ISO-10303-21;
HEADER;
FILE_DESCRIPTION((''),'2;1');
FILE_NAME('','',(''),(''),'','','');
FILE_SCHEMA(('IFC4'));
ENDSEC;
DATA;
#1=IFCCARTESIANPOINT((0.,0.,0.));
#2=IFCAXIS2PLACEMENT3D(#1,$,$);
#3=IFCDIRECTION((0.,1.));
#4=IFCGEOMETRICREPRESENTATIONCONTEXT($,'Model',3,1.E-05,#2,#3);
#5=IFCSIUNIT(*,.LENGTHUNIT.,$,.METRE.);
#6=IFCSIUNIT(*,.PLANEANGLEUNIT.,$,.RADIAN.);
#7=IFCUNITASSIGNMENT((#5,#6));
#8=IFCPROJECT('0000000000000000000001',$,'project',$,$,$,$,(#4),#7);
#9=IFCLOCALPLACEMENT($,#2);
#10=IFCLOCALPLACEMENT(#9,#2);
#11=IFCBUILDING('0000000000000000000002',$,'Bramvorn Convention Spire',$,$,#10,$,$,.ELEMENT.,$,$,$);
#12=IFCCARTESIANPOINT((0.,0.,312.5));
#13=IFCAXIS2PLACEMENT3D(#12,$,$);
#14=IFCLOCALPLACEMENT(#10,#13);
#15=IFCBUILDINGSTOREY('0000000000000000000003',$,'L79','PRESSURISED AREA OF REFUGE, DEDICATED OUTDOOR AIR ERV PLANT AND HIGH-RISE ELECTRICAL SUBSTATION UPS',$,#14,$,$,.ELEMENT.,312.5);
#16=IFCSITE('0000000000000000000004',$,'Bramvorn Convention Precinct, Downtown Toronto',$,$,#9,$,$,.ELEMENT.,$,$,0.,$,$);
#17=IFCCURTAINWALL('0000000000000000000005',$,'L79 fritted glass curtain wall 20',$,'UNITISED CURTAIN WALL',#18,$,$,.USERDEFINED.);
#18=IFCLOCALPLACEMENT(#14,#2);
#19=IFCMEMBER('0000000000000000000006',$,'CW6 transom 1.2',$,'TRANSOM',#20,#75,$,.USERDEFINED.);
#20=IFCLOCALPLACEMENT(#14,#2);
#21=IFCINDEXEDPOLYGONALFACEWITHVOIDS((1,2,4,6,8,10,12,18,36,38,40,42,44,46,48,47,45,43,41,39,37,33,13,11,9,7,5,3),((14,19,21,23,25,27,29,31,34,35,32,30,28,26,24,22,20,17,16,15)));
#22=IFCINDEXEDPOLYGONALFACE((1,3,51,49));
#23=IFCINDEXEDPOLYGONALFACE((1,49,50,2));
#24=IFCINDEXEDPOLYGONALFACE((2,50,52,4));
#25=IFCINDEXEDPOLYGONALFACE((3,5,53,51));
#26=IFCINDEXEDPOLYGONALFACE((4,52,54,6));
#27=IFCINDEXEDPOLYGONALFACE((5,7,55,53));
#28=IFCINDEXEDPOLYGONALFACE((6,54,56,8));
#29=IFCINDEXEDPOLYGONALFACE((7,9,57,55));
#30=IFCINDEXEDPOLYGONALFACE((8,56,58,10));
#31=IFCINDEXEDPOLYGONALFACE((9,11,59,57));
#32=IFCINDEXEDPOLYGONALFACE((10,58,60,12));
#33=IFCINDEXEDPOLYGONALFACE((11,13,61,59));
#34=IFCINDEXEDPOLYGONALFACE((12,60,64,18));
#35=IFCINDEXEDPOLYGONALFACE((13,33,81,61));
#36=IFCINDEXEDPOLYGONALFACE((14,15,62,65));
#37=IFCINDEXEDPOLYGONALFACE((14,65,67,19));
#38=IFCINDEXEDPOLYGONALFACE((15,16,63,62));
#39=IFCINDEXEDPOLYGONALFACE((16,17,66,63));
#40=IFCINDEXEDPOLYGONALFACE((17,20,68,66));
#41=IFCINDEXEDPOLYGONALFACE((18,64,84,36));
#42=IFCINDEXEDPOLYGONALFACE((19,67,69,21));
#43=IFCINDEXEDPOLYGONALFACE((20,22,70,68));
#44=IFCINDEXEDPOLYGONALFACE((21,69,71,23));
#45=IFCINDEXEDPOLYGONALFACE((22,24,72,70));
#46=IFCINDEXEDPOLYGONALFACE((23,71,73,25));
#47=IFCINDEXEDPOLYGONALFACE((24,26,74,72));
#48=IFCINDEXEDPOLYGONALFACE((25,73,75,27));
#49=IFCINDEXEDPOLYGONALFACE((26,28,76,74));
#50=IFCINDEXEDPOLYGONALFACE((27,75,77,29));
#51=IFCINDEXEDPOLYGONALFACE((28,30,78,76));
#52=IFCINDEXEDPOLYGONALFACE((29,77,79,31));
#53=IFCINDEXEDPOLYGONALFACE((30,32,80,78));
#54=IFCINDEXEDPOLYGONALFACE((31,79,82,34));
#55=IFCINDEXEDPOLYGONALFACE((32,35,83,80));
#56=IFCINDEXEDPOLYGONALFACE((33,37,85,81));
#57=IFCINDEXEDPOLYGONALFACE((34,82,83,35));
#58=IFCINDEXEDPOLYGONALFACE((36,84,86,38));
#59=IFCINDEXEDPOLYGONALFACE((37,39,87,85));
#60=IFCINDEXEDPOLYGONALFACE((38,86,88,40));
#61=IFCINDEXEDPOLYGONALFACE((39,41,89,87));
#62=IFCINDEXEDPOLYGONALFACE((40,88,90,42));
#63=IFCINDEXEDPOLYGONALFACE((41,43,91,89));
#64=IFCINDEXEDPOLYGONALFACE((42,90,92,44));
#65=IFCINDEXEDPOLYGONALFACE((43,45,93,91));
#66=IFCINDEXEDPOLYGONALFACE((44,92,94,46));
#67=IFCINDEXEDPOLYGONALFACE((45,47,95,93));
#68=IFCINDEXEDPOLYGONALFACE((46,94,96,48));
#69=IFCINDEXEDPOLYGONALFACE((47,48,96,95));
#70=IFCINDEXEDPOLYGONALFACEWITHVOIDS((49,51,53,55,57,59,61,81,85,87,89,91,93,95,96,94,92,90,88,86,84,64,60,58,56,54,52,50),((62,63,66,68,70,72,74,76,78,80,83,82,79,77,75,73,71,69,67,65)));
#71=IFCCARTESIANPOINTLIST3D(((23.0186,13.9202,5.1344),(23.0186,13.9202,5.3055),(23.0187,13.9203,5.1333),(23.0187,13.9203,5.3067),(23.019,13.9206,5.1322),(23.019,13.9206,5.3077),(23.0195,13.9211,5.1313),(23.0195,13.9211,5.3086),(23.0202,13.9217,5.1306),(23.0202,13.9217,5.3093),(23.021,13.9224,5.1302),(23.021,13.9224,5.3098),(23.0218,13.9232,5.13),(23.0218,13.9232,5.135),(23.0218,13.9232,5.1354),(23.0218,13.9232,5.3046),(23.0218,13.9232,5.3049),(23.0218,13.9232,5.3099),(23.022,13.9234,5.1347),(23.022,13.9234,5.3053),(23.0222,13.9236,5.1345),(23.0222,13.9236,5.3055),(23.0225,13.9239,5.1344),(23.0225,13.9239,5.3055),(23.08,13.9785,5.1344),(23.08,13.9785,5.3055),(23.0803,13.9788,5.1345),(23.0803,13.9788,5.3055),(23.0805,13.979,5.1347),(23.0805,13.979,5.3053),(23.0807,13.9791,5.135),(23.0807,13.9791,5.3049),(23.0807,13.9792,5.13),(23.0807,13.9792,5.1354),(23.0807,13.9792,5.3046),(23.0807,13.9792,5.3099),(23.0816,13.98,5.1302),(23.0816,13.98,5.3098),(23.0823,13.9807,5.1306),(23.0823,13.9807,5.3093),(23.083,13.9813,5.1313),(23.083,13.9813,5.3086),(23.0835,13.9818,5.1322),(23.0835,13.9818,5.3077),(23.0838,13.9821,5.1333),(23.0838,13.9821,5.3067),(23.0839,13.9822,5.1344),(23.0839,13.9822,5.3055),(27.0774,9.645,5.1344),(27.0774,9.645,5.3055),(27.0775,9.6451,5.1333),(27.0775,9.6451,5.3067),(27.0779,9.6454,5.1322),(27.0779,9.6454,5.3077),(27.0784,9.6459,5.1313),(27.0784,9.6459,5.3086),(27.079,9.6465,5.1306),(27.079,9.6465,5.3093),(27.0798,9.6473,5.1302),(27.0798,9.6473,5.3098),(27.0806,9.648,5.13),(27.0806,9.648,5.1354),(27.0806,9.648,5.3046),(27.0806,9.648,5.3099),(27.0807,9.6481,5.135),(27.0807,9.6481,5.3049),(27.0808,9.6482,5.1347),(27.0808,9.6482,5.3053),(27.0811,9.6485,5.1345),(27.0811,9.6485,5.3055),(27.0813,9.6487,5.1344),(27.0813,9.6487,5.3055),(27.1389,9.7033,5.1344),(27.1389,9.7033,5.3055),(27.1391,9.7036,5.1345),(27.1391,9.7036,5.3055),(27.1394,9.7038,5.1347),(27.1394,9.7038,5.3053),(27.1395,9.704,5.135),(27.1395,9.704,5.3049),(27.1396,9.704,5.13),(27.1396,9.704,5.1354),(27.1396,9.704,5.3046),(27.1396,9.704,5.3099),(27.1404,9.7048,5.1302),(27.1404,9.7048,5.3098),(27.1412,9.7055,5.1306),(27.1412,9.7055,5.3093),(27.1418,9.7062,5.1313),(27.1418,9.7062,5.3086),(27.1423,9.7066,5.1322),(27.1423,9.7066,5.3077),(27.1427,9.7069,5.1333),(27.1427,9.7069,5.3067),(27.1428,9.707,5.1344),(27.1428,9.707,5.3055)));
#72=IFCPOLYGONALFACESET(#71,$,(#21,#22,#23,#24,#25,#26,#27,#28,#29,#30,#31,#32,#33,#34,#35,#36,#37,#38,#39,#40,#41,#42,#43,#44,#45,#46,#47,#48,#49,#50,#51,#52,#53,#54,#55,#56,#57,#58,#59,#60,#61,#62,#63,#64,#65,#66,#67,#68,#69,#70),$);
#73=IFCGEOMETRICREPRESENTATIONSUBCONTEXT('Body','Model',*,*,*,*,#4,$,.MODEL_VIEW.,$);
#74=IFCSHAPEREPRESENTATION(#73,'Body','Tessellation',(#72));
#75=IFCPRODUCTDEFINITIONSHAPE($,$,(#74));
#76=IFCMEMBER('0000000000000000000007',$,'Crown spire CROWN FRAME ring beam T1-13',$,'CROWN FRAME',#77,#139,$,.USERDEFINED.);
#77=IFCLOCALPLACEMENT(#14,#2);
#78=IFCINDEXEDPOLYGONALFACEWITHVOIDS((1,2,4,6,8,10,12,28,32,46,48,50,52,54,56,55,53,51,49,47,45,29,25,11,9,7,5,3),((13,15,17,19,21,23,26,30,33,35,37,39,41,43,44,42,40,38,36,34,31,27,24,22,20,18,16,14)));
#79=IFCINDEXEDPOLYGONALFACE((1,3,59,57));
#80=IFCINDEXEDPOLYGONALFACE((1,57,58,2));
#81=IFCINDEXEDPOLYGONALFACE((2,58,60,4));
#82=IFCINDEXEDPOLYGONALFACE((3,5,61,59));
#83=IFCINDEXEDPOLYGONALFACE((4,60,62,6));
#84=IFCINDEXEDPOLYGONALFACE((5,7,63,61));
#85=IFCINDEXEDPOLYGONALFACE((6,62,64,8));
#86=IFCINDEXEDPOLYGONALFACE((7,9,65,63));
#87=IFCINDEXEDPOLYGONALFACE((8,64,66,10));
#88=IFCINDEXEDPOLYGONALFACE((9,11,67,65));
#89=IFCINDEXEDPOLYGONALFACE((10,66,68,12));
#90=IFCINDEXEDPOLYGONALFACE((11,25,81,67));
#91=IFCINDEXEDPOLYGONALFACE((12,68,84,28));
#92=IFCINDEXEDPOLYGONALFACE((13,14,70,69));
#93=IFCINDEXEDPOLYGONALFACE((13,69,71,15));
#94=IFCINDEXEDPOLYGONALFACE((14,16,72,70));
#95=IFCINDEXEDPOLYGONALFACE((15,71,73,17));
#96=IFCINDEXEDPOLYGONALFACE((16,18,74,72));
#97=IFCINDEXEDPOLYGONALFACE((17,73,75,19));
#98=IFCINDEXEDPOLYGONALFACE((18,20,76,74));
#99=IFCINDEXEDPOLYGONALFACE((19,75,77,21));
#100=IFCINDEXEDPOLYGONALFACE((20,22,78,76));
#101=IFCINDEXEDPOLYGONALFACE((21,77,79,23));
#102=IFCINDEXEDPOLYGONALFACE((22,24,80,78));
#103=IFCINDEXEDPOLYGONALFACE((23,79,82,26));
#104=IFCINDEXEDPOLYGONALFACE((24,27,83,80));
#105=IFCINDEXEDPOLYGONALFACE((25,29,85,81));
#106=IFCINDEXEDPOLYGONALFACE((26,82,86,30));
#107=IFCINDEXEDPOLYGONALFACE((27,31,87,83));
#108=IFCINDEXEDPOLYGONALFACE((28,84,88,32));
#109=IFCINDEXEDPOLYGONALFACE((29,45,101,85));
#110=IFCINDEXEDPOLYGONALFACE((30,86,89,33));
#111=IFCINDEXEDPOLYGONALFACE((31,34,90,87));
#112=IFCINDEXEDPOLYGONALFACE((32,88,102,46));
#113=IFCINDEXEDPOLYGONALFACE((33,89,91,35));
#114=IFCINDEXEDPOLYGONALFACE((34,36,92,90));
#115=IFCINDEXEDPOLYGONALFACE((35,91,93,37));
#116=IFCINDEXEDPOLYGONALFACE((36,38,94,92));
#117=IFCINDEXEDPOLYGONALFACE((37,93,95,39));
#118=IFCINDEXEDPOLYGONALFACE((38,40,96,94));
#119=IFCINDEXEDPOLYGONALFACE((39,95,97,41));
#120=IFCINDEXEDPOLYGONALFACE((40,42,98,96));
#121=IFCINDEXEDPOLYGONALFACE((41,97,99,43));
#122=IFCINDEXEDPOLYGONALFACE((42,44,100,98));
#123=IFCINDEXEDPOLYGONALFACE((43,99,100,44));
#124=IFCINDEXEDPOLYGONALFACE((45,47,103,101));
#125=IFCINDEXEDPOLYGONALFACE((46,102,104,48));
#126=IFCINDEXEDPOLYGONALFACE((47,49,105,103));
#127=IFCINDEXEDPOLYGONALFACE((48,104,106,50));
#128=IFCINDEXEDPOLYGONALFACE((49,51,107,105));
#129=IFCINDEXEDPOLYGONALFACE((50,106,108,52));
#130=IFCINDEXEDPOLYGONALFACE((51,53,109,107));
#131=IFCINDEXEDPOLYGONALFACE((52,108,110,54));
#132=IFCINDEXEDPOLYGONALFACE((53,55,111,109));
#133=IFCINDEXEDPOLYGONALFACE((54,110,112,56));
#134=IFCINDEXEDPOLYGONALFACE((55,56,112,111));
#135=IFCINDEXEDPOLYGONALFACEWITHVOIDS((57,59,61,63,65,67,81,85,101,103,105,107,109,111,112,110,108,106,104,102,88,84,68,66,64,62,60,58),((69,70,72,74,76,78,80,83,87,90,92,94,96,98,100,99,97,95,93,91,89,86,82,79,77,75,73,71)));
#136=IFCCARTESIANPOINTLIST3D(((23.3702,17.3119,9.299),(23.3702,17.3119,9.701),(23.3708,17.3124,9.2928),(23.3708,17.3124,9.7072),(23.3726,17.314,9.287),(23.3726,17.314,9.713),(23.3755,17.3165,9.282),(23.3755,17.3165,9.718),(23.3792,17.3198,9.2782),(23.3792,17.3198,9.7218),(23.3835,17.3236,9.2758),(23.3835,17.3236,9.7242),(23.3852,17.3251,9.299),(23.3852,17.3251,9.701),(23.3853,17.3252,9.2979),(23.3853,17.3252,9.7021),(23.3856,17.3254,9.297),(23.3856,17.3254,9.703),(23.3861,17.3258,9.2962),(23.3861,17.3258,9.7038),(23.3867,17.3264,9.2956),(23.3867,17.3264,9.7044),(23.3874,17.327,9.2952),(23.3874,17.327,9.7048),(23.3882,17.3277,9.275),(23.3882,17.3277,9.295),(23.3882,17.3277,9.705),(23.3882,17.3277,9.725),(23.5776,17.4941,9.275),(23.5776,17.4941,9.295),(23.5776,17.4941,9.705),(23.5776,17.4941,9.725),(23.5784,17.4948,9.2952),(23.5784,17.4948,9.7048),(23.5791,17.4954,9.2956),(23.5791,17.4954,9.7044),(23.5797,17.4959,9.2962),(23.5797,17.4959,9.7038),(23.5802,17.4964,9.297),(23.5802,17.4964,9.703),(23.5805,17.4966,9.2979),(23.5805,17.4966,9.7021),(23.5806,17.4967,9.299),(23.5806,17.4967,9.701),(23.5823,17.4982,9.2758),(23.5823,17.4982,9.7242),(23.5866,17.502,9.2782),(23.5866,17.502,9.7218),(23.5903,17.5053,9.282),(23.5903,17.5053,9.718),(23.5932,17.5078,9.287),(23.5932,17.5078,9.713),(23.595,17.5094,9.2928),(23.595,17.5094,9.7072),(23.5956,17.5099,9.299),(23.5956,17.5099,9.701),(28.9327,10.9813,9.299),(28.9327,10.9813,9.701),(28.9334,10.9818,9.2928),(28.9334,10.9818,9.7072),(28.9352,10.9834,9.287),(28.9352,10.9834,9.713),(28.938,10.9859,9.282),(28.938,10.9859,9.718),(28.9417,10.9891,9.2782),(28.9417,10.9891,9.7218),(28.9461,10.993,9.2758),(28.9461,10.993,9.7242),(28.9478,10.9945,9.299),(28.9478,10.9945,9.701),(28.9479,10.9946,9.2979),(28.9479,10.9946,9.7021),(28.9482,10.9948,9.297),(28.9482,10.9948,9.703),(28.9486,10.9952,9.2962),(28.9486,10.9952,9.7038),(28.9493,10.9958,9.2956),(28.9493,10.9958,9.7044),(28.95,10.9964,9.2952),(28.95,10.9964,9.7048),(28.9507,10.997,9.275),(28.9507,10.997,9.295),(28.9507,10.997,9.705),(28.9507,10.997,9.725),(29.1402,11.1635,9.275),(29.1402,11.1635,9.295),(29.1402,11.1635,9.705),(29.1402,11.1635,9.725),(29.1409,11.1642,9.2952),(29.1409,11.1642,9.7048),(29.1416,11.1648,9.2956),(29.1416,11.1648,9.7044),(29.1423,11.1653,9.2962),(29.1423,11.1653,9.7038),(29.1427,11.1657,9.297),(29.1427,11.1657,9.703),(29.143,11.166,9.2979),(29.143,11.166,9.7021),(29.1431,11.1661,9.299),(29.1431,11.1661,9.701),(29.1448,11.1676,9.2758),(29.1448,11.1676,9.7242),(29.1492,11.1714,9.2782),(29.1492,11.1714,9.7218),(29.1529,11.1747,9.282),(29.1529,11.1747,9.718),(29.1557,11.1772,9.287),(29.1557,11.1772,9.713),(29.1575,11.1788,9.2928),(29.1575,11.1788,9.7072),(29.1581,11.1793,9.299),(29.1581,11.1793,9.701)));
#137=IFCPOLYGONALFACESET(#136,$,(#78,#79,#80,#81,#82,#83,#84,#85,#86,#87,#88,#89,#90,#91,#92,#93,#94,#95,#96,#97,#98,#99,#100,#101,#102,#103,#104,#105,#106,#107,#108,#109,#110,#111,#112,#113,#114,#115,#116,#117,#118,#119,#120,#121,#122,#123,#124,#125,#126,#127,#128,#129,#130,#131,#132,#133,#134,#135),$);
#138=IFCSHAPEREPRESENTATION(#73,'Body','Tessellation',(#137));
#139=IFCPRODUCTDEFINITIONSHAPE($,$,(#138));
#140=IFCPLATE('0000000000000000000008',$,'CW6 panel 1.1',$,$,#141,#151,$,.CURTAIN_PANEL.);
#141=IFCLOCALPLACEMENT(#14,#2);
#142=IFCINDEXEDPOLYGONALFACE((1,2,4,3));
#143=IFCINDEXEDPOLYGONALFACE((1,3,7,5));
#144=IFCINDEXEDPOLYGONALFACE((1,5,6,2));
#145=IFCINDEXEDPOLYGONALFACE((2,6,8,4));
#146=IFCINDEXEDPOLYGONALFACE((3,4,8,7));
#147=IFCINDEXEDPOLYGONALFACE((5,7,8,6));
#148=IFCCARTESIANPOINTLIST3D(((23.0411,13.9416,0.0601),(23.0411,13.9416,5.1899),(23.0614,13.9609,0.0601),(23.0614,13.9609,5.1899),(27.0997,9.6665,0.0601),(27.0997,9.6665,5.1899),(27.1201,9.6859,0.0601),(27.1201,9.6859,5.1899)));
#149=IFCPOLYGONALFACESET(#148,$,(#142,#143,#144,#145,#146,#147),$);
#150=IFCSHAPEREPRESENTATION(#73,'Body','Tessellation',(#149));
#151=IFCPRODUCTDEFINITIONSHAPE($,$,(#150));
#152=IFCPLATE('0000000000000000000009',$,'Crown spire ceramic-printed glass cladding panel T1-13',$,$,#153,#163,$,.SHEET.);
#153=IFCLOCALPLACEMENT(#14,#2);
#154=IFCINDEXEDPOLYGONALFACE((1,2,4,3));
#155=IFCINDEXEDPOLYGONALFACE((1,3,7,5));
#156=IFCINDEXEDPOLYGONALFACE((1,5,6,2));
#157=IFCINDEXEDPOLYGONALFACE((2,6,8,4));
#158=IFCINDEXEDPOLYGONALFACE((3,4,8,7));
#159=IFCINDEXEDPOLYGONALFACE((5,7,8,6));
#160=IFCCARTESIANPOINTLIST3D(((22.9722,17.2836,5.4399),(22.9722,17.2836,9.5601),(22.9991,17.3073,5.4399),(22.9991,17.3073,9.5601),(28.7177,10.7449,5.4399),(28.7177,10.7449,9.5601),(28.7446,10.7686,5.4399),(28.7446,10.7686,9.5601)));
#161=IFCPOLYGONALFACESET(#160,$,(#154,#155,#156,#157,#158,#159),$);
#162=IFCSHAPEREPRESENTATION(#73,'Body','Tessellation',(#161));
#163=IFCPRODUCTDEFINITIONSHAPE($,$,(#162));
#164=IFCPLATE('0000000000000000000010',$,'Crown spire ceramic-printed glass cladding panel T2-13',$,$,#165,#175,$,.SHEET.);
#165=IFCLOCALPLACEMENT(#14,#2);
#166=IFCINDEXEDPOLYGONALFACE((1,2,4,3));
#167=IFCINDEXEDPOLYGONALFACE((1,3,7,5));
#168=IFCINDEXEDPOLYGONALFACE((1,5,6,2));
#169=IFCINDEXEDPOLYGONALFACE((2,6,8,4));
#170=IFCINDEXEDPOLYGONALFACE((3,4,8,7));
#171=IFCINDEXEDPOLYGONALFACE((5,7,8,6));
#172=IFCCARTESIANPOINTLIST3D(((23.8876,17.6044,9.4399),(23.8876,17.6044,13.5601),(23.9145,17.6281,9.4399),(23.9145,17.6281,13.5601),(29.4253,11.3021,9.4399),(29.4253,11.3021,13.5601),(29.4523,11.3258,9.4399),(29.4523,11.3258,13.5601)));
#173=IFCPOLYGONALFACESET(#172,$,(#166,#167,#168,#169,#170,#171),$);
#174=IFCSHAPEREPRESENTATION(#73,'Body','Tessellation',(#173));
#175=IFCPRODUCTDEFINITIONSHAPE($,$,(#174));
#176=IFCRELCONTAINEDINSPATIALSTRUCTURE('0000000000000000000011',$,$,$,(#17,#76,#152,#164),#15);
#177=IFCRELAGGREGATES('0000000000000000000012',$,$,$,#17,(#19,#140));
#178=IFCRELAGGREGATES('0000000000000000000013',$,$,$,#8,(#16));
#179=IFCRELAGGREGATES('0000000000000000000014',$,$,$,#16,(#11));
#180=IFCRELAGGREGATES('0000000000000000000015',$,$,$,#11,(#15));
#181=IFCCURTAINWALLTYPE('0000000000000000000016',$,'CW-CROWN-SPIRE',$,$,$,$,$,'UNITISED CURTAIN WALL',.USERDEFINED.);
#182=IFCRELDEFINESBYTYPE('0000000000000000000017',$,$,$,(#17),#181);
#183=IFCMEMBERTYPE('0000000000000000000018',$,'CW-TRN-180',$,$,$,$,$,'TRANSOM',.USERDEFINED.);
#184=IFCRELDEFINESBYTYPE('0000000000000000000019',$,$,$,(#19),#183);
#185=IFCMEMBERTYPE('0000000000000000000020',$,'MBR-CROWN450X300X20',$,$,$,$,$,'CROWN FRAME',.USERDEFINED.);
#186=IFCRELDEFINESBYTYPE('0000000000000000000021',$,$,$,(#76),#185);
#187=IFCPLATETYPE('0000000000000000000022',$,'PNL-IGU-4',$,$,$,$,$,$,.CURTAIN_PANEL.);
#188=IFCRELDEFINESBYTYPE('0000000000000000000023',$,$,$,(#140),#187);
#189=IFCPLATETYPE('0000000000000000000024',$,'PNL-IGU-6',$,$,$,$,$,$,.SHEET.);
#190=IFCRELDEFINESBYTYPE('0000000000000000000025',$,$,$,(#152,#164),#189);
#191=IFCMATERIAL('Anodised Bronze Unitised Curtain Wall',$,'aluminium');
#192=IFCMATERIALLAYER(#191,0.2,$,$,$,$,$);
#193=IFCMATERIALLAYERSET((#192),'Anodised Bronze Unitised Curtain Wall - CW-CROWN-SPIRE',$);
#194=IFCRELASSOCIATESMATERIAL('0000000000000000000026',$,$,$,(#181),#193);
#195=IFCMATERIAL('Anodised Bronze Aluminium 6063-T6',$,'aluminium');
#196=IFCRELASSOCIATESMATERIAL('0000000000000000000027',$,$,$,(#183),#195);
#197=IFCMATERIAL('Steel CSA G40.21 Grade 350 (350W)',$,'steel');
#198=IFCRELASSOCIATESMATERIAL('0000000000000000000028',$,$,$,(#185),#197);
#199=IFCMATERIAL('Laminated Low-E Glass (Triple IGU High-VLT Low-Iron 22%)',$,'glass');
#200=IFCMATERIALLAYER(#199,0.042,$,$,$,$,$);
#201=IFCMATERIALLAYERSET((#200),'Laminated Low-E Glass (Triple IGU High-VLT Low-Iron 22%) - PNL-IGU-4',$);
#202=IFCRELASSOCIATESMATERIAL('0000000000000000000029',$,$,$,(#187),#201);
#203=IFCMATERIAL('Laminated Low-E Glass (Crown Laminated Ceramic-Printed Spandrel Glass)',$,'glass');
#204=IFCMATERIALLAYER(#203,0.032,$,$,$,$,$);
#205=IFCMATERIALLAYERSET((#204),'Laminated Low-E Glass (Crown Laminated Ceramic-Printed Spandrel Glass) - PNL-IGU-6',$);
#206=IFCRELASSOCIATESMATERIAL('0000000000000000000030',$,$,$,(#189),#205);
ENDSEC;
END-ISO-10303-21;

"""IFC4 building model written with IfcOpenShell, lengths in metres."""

from ifc_helpers import new_model, si_unit, direction, frame, origin, origin_2d, place, context, subcontext, project, spatial, rectangle, hollow_rectangle, extrude, material, layer, layer_set, material_profile, profile_set, type_object, element, aggregate, save


model = new_model("IFC4")

# Units and contexts
model_context = context("Model", 3, precision=1e-05, world=origin(), true_north=direction((0.0, 1.0)))
body_context = subcontext(model_context, "Body", "Model", "MODEL_VIEW")
ifc_project = project(units=[si_unit("LENGTHUNIT", "METRE"), si_unit("PLANEANGLEUNIT", "RADIAN")], contexts=[model_context])

# Site, building, storey
site_placement = place(None, origin())
site = spatial("IfcSite", under=ifc_project, at=site_placement, Name="Bramvorn Convention Precinct, Downtown Toronto", CompositionType="ELEMENT", RefElevation=0.0)
building_placement = place(site_placement, origin())
building = spatial("IfcBuilding", under=site, at=building_placement, Name="Bramvorn Convention Spire", CompositionType="ELEMENT")
storey_placement = place(building_placement, frame((0.0, 0.0, 312.5)))
storey = spatial("IfcBuildingStorey", under=building, at=storey_placement, Name="L79", Description="PRESSURISED AREA OF REFUGE, DEDICATED OUTDOOR AIR ERV PLANT AND HIGH-RISE ELECTRICAL SUBSTATION UPS", CompositionType="ELEMENT", Elevation=312.5)

# Shared definitions
ifc_material_1 = material(Name="Steel CSA G40.21 Grade 350 (350W)", Category="steel")

# Shared definitions
ifc_material_2 = material(Name="Anodised Bronze Unitised Curtain Wall", Category="aluminium")
ifc_layer_1 = layer(ifc_material_2, 0.2)
ifc_layer_set_1 = layer_set([ifc_layer_1], Name="Anodised Bronze Unitised Curtain Wall - CW-CROWN-SPIRE")
curtain_wall_type = type_object("IfcCurtainWallType", Name="CW-CROWN-SPIRE", ElementType="UNITISED CURTAIN WALL", PredefinedType="USERDEFINED", material=ifc_layer_set_1)
ifc_material_3 = material(Name="Anodised Bronze Aluminium 6063-T6", Category="aluminium")

# Curtain wall, member
curtain_wall_1_placement = place(storey_placement, origin())
curtain_wall_1 = element("IfcCurtainWall", 1, at=curtain_wall_1_placement, inside=storey, type_object=curtain_wall_type, Name="L79 fritted glass curtain wall 20", ObjectType="UNITISED CURTAIN WALL", PredefinedType="USERDEFINED")
ifc_material_profile_1 = material_profile(ifc_material_3, hollow_rectangle(XDim=0.0901, YDim=0.1799, WallThickness=0.0044, InnerFilletRadius=0.001, OuterFilletRadius=0.0044, at=origin_2d()))
ifc_profile_set_1 = profile_set([ifc_material_profile_1], Name="Anodised Bronze Aluminium 6063-T6 - CWT90X180")
member_type_1 = type_object("IfcMemberType", Name="CW-TRN-180", ElementType="TRANSOM", PredefinedType="USERDEFINED", material=ifc_profile_set_1)
member_1_placement = place(storey_placement, frame((27.1101, 9.676, 5.22), z_axis=(-0.688522, 0.725216, 0.0), x_axis=(-0.725216, -0.688522, 0.0)))
member_1 = element("IfcMember", 2, at=member_1_placement, type_object=member_type_1, Name="CW6 transom 1.2", ObjectType="TRANSOM", PredefinedType="USERDEFINED", context=body_context, shape_type="SweptSolid", body=[
    extrude(hollow_rectangle(XDim=0.0901, YDim=0.1799, WallThickness=0.0044, InnerFilletRadius=0.001, OuterFilletRadius=0.0044, at=origin_2d()), origin(), (0.0, 0.0, 1.0), 5.895),
])

# Member
ifc_material_profile_2 = material_profile(ifc_material_1, hollow_rectangle(XDim=0.3, YDim=0.45, WallThickness=0.02, InnerFilletRadius=0.0039, OuterFilletRadius=0.0239, at=origin_2d()))
ifc_profile_set_2 = profile_set([ifc_material_profile_2], Name="Steel CSA G40.21 Grade 350 (350W) - CROWN450X300X20")
member_type_2 = type_object("IfcMemberType", Name="MBR-CROWN450X300X20", ElementType="CROWN FRAME", PredefinedType="USERDEFINED", material=ifc_profile_set_2)
member_2_placement = place(storey_placement, frame((23.4829, 17.4109, 9.5), z_axis=(0.660066, -0.751208, 0.0), x_axis=(0.751208, 0.660066, 0.0)))
element("IfcMember", 3, at=member_2_placement, inside=storey, type_object=member_type_2, Name="Crown spire CROWN FRAME ring beam T1-13", ObjectType="CROWN FRAME", PredefinedType="USERDEFINED", context=body_context, shape_type="SweptSolid", body=[
    extrude(hollow_rectangle(XDim=0.3, YDim=0.45, WallThickness=0.02, InnerFilletRadius=0.0039, OuterFilletRadius=0.0239, at=origin_2d()), origin(), (0.0, 0.0, 1.0), 8.4272),
])

# Plate
ifc_material_4 = material(Name="Laminated Low-E Glass (Triple IGU High-VLT Low-Iron 22%)", Category="glass")
ifc_layer_2 = layer(ifc_material_4, 0.042)
ifc_layer_set_2 = layer_set([ifc_layer_2], Name="Laminated Low-E Glass (Triple IGU High-VLT Low-Iron 22%) - PNL-IGU-4")
plate_type_1 = type_object("IfcPlateType", Name="PNL-IGU-4", PredefinedType="CURTAIN_PANEL", material=ifc_layer_set_2)
plate_1_placement = place(storey_placement, frame((25.0806, 11.8137, 0.0601), z_axis=(0.0, 0.0, 1.0), x_axis=(-0.688514, 0.725223, 0.0)))
plate_1 = element("IfcPlate", 4, at=plate_1_placement, type_object=plate_type_1, Name="CW6 panel 1.1", PredefinedType="CURTAIN_PANEL", context=body_context, shape_type="SweptSolid", body=[
    extrude(rectangle(XDim=5.8948, YDim=0.0281, at=origin_2d()), origin(), (0.0, 0.0, 1.0), 5.1299),
])
aggregate(curtain_wall_1, [member_1, plate_1])

# Plates
ifc_material_5 = material(Name="Laminated Low-E Glass (Crown Laminated Ceramic-Printed Spandrel Glass)", Category="glass")
ifc_layer_3 = layer(ifc_material_5, 0.032)
ifc_layer_set_3 = layer_set([ifc_layer_3], Name="Laminated Low-E Glass (Crown Laminated Ceramic-Printed Spandrel Glass) - PNL-IGU-6")
plate_type_2 = type_object("IfcPlateType", Name="PNL-IGU-6", PredefinedType="SHEET", material=ifc_layer_set_3)
plate_2_placement = place(storey_placement, frame((25.8584, 14.0261, 5.4399), z_axis=(0.0, 0.0, 1.0), x_axis=(0.660072, -0.751203, 0.0)))
element("IfcPlate", 5, at=plate_2_placement, inside=storey, type_object=plate_type_2, Name="Crown spire ceramic-printed glass cladding panel T1-13", PredefinedType="SHEET", context=body_context, shape_type="SweptSolid", body=[
    extrude(rectangle(XDim=8.7043, YDim=0.0359, at=origin_2d()), origin(), (0.0, 0.0, 1.0), 4.1201),
])
plate_3_placement = place(storey_placement, frame((26.6699, 14.4651, 9.4399), z_axis=(0.0, 0.0, 1.0), x_axis=(0.660073, -0.751201, 0.0)))
element("IfcPlate", 6, at=plate_3_placement, inside=storey, type_object=plate_type_2, Name="Crown spire ceramic-printed glass cladding panel T2-13", PredefinedType="SHEET", context=body_context, shape_type="SweptSolid", body=[
    extrude(rectangle(XDim=8.3896, YDim=0.0359, at=origin_2d()), origin(), (0.0, 0.0, 1.0), 4.1201),
])

save(model, "model.ifc")
